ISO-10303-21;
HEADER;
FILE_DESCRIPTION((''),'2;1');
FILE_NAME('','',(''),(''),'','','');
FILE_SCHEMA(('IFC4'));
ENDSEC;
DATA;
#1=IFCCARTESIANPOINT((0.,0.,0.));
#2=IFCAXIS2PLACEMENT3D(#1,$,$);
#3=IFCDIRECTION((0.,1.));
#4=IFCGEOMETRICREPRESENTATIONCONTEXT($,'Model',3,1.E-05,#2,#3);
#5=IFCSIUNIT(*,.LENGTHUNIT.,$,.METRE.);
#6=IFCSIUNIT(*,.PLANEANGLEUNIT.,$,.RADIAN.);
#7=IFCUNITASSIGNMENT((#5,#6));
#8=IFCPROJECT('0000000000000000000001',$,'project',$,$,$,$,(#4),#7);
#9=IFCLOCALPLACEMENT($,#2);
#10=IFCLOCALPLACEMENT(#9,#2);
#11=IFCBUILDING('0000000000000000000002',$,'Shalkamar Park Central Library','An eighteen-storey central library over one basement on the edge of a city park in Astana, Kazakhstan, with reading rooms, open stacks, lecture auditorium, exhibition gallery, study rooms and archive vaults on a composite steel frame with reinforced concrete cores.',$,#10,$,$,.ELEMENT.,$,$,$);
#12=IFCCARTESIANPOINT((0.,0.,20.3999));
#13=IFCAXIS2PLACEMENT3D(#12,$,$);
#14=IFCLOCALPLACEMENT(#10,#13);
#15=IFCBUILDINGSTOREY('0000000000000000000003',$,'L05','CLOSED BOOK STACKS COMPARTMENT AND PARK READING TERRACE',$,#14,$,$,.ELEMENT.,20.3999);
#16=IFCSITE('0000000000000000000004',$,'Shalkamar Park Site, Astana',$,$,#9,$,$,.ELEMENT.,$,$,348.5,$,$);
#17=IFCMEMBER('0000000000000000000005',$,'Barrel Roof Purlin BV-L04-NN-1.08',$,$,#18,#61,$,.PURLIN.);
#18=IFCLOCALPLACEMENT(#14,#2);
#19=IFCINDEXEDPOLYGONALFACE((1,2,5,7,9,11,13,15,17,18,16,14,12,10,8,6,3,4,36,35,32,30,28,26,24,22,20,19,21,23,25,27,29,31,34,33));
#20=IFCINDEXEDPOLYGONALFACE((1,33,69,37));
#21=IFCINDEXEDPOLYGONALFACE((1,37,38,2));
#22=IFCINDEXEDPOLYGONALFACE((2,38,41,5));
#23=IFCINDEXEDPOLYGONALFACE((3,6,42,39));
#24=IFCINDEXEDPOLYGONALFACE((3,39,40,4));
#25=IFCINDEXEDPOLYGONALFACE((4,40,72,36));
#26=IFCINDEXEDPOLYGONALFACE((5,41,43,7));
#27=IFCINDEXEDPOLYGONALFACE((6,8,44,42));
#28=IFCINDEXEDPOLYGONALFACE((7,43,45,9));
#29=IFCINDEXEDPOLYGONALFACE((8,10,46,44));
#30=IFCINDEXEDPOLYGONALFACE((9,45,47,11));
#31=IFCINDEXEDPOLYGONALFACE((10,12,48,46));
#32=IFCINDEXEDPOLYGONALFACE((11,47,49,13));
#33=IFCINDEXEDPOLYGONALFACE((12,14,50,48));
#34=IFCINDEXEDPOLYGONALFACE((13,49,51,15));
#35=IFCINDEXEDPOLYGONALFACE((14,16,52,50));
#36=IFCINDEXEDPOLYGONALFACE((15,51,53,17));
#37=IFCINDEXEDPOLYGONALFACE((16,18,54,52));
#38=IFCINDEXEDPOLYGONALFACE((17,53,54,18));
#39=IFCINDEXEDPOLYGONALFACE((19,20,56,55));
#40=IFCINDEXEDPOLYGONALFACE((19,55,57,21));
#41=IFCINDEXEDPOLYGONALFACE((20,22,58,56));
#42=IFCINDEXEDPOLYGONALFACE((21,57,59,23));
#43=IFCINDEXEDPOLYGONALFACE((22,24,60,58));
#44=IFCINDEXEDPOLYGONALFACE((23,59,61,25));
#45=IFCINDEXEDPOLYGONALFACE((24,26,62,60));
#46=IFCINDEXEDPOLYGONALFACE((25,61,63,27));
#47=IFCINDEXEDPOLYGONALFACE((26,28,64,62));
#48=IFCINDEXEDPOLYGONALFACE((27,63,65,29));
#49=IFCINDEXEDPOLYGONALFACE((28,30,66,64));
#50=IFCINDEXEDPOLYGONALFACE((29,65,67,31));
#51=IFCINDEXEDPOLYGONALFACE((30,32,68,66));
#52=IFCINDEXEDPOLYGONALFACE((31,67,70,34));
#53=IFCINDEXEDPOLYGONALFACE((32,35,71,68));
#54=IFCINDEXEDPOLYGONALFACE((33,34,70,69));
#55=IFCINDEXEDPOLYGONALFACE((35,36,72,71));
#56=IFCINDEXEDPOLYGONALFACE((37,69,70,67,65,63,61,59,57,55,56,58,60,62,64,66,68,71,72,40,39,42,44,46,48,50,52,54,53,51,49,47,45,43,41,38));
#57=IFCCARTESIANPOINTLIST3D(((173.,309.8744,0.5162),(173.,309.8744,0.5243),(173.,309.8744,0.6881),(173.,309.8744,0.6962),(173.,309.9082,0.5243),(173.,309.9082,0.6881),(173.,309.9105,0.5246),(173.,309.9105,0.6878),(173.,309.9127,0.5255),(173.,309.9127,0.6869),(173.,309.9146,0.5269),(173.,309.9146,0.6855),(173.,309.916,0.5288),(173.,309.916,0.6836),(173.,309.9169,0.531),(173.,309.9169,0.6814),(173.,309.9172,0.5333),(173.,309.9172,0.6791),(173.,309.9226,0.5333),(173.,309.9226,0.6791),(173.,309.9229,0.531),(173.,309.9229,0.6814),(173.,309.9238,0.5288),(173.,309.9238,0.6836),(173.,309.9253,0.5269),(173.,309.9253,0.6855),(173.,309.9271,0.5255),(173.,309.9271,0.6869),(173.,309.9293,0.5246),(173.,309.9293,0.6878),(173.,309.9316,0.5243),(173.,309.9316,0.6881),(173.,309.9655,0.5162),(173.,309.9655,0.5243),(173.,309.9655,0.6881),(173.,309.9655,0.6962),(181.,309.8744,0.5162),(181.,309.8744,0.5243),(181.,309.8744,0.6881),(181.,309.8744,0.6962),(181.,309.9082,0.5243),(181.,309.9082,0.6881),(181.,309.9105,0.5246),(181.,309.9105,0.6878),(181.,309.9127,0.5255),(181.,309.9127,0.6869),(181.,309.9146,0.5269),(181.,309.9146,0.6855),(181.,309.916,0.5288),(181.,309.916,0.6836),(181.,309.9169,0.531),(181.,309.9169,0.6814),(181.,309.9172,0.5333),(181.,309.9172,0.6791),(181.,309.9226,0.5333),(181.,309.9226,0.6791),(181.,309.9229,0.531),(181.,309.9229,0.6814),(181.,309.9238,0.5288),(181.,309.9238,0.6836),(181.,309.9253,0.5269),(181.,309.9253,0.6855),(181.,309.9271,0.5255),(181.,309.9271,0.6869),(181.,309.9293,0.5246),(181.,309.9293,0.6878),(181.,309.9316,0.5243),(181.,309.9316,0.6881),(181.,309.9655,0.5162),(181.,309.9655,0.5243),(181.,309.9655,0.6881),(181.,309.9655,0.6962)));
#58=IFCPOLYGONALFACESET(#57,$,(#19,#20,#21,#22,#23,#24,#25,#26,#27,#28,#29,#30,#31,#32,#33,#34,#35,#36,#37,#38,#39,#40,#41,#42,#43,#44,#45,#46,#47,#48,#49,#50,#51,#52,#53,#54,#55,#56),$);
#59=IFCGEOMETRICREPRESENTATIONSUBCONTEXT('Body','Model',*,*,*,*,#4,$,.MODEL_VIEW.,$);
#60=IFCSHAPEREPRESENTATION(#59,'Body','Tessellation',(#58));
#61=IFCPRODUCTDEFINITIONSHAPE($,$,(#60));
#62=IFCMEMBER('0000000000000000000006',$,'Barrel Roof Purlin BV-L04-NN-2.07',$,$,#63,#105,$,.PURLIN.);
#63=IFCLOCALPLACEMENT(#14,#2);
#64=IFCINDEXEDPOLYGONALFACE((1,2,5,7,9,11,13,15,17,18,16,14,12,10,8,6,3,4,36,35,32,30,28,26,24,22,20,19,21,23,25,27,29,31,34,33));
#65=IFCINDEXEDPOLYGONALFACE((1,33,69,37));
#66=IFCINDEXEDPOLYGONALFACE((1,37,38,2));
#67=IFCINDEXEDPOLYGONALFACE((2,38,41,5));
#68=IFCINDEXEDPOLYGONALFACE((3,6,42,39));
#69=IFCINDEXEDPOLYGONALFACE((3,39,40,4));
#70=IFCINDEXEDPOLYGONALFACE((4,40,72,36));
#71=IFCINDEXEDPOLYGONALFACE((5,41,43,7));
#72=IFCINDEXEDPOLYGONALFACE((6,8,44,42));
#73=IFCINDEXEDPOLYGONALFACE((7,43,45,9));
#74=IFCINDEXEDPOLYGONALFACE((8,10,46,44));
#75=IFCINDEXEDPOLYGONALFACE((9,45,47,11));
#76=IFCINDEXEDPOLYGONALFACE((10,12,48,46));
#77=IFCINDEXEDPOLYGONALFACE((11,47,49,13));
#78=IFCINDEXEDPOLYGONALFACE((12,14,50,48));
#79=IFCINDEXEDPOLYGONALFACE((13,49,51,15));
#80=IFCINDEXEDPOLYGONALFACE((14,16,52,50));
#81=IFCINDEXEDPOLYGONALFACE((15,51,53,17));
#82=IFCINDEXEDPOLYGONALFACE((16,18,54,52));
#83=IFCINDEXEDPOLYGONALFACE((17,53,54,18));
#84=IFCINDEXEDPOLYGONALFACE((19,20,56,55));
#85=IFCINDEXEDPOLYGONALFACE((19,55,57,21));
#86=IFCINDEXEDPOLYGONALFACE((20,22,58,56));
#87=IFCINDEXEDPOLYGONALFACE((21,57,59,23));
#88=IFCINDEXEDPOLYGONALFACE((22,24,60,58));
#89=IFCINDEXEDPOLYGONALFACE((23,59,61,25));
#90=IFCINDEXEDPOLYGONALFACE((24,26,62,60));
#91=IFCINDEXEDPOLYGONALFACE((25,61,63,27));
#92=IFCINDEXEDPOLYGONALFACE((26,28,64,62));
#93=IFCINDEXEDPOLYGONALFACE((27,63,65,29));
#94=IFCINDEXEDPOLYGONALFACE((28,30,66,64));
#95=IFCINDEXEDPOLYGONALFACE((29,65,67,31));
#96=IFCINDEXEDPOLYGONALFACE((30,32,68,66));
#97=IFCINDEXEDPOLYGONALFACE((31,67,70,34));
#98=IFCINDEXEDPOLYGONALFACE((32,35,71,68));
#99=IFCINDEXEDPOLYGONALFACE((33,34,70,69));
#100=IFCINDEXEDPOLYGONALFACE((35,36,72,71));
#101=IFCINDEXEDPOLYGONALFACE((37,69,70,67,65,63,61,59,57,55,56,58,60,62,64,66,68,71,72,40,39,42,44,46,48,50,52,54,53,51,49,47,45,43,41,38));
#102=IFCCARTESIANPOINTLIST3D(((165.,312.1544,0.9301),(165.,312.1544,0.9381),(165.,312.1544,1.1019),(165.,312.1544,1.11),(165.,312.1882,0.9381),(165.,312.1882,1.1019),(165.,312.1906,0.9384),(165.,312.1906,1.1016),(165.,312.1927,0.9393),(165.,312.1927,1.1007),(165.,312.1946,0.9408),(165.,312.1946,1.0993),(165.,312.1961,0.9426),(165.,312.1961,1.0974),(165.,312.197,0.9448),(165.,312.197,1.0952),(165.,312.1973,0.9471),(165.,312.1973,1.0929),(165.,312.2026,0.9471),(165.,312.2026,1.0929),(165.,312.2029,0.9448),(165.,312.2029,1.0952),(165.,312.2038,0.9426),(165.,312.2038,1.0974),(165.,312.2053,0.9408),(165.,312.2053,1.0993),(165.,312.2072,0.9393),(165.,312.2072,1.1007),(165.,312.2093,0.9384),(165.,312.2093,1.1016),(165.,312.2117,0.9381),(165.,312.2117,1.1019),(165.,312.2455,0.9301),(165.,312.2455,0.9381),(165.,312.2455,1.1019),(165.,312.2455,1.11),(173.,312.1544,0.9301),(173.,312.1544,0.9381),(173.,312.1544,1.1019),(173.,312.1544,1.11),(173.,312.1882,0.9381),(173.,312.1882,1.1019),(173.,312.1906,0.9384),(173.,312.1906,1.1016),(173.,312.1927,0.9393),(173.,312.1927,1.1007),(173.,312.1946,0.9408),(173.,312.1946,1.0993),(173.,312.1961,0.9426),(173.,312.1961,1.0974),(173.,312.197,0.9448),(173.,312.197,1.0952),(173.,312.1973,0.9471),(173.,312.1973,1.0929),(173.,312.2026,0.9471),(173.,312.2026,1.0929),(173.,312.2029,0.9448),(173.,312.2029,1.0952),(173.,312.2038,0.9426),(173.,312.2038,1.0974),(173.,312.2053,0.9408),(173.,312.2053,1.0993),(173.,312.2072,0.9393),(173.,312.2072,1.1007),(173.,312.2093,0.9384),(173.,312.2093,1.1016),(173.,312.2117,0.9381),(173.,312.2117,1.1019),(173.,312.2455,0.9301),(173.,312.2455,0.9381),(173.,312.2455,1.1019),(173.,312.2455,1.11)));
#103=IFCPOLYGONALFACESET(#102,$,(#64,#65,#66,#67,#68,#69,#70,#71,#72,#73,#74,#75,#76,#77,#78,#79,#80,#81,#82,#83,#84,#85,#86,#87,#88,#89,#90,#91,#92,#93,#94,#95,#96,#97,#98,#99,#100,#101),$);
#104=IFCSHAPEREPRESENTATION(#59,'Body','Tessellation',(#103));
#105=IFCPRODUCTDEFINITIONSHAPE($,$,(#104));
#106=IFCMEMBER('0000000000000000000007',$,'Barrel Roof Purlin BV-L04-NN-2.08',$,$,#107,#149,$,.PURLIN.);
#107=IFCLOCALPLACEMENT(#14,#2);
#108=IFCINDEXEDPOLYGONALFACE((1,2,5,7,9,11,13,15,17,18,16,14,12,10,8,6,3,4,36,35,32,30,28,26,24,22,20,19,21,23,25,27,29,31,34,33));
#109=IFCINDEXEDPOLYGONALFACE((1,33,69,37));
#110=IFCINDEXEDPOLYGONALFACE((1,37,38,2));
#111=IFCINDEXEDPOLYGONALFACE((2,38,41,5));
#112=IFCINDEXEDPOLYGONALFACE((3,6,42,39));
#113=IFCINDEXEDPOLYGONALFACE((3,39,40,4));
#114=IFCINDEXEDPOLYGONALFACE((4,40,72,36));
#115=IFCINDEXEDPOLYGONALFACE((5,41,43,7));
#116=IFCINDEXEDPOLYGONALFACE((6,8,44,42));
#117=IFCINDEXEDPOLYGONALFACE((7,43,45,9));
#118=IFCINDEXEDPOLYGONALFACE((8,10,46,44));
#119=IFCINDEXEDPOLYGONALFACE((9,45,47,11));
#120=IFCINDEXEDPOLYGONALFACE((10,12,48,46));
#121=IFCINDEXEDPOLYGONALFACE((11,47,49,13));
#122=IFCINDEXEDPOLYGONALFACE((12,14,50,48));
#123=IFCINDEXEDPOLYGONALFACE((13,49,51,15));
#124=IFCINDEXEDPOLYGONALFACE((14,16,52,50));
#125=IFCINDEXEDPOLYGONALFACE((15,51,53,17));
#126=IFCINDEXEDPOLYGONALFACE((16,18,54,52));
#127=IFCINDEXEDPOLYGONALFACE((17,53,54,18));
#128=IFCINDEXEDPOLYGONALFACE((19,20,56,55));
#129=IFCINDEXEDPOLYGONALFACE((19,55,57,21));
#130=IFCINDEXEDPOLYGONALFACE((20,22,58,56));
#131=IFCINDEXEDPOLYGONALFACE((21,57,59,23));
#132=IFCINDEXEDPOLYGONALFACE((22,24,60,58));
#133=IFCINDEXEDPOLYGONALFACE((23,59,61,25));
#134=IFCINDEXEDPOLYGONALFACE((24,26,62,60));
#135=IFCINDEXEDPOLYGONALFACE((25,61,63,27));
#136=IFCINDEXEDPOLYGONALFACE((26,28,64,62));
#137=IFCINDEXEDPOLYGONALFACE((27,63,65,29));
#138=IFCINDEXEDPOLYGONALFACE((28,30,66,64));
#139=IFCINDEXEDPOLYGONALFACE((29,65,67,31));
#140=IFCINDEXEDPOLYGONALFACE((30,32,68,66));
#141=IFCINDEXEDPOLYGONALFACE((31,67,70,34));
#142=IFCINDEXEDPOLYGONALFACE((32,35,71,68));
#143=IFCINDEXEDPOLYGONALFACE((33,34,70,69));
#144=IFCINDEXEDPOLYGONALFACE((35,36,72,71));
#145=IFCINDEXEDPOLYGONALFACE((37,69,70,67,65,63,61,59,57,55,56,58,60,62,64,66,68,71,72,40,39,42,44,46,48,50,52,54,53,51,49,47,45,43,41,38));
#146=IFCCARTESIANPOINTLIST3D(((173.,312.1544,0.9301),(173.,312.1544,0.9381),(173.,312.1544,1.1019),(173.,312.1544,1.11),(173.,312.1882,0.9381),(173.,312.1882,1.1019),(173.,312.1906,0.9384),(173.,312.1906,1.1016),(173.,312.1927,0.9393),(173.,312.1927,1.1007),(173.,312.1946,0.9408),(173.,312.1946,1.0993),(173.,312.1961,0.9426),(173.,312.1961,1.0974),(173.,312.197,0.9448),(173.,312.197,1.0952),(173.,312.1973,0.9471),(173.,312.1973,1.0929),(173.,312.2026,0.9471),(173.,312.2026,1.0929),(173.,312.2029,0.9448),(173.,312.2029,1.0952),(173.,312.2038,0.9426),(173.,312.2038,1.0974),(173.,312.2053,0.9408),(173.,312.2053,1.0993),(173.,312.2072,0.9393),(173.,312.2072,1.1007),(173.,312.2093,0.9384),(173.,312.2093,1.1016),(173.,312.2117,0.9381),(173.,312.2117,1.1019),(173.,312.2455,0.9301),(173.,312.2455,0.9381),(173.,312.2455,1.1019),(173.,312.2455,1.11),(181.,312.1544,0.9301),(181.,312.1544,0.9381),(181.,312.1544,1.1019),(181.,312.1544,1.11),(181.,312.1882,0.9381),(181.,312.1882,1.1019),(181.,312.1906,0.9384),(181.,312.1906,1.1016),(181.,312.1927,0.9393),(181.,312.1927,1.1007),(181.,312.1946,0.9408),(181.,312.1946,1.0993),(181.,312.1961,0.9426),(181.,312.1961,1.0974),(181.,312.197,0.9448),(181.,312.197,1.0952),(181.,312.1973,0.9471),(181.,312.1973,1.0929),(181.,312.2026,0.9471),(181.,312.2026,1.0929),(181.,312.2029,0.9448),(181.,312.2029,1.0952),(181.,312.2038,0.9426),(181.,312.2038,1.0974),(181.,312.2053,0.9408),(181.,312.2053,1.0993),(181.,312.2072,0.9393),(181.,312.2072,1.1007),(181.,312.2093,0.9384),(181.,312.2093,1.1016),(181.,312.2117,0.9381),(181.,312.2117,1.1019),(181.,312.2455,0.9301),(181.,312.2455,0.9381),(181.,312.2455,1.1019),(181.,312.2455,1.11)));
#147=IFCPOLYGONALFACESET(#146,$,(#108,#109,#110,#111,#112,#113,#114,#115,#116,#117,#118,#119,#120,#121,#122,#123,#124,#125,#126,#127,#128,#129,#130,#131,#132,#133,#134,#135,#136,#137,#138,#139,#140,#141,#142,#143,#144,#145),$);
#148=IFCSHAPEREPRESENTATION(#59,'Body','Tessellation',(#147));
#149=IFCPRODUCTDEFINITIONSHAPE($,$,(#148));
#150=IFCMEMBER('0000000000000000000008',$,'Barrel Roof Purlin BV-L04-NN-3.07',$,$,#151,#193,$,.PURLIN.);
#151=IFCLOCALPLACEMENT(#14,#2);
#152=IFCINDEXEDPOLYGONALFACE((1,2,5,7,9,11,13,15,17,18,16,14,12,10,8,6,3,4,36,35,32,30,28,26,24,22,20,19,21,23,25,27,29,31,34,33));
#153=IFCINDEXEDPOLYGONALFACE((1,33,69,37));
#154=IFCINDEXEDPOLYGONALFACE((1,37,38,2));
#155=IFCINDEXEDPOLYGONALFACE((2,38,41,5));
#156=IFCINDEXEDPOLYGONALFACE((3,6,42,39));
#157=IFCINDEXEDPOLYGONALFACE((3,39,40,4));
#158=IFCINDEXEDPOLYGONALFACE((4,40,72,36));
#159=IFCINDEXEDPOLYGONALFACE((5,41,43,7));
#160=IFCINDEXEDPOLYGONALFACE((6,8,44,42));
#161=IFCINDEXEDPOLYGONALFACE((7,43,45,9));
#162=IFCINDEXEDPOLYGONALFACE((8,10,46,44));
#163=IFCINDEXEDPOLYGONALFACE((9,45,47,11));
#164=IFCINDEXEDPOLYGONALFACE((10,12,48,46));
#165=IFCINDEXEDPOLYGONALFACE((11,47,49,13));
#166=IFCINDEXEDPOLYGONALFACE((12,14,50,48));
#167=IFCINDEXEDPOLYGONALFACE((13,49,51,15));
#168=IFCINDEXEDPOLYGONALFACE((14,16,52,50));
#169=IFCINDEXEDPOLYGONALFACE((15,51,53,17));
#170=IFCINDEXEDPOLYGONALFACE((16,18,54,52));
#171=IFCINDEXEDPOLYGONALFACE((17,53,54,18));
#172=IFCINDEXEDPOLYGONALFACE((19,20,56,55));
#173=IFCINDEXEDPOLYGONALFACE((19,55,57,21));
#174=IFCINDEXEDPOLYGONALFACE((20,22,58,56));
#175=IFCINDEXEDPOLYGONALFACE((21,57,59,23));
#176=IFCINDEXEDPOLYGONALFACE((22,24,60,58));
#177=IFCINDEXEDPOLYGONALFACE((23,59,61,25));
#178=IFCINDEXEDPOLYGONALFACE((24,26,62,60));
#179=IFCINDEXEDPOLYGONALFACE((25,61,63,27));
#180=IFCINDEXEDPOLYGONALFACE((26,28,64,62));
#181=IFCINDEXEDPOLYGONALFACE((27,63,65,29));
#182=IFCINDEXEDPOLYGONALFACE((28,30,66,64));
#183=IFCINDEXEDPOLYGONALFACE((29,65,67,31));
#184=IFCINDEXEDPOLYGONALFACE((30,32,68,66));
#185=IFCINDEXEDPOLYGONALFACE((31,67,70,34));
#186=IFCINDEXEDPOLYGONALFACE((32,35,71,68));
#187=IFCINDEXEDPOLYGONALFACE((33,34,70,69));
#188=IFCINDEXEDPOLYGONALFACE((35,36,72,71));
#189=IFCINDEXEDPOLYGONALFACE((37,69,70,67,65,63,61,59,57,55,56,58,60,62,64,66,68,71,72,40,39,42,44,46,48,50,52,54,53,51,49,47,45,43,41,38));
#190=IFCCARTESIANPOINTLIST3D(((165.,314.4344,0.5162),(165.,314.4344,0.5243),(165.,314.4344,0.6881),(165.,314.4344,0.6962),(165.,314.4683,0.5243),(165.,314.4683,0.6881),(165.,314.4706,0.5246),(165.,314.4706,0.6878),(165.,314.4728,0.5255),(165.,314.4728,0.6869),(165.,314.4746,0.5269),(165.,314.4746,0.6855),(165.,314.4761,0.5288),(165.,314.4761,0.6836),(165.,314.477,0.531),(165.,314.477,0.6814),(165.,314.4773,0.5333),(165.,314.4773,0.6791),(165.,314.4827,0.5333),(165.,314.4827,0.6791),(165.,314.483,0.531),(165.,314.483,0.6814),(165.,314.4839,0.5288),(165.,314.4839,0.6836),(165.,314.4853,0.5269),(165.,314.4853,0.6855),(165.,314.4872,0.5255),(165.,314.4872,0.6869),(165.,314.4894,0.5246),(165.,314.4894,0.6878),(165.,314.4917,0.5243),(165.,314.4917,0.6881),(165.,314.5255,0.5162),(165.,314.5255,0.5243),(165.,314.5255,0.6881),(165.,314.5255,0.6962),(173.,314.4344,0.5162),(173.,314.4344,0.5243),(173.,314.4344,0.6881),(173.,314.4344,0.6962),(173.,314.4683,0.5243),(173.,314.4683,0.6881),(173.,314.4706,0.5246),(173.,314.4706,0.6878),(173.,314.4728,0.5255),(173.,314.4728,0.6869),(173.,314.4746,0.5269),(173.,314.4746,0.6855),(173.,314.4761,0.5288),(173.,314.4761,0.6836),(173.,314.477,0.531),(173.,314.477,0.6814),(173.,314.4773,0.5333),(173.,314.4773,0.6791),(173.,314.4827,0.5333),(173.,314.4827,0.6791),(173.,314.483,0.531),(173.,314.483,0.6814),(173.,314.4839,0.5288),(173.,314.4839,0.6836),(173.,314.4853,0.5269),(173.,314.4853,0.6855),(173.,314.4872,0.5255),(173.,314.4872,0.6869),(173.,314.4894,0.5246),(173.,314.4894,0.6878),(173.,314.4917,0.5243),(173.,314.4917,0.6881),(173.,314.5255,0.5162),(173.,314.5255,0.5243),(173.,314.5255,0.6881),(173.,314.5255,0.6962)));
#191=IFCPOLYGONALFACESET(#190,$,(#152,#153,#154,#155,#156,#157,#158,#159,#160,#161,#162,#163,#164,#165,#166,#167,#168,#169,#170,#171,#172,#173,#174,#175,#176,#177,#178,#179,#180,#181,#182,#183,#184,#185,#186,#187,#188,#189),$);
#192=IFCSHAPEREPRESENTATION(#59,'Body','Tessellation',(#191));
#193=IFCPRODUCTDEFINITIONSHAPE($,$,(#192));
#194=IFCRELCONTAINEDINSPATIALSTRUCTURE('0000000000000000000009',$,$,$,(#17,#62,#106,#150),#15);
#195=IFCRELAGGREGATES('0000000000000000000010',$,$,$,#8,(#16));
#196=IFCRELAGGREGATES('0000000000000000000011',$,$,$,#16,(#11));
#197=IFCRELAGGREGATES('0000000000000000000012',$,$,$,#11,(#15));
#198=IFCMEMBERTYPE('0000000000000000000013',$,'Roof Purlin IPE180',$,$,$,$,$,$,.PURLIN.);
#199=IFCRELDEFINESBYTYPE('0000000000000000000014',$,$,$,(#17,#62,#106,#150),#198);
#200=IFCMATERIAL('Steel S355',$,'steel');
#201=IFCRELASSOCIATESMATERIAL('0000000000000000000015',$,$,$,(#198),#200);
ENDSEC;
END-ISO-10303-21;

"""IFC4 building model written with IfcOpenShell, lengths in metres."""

from ifc_helpers import new_model, si_unit, direction, frame, origin, origin_2d, place, context, subcontext, project, spatial, i_section, extrude, material, material_profile, profile_set, type_object, element, save


model = new_model("IFC4")

# Units and contexts
model_context = context("Model", 3, precision=1e-05, world=origin(), true_north=direction((0.0, 1.0)))
body_context = subcontext(model_context, "Body", "Model", "MODEL_VIEW")
ifc_project = project(units=[si_unit("LENGTHUNIT", "METRE"), si_unit("PLANEANGLEUNIT", "RADIAN")], contexts=[model_context])

# Site, building, storey
site_placement = place(None, origin())
site = spatial("IfcSite", under=ifc_project, at=site_placement, Name="Shalkamar Park Site, Astana", CompositionType="ELEMENT", RefElevation=348.5)
building_placement = place(site_placement, origin())
building = spatial("IfcBuilding", under=site, at=building_placement, Name="Shalkamar Park Central Library", Description="An eighteen-storey central library over one basement on the edge of a city park in Astana, Kazakhstan, with reading rooms, open stacks, lecture auditorium, exhibition gallery, study rooms and archive vaults on a composite steel frame with reinforced concrete cores.", CompositionType="ELEMENT")
storey_placement = place(building_placement, frame((0.0, 0.0, 20.3999)))
storey = spatial("IfcBuildingStorey", under=building, at=storey_placement, Name="L05", Description="CLOSED BOOK STACKS COMPARTMENT AND PARK READING TERRACE", CompositionType="ELEMENT", Elevation=20.3999)

# Members
ifc_material_1 = material(Name="Steel S355", Category="steel")
ifc_material_profile_1 = material_profile(ifc_material_1, i_section(OverallWidth=0.0911, OverallDepth=0.1799, WebThickness=0.0054, FlangeThickness=0.0081, FilletRadius=0.009, at=origin_2d()), Name="IPE 180")
ifc_profile_set_1 = profile_set([ifc_material_profile_1], Name="Steel S355")
member_type_1 = type_object("IfcMemberType", Name="Roof Purlin IPE180", PredefinedType="PURLIN", material=ifc_profile_set_1)
for number, where, z_axis, x_axis, name in (
    (1, (173.0, 309.9199, 0.6062), (1.0, 0.0, 0.0), (0.0, 1.0, 0.0), "Barrel Roof Purlin BV-L04-NN-1.08"),
    (2, (165.0, 312.2, 1.02), (1.0, 0.0, 0.0), (0.0, 1.0, 0.0), "Barrel Roof Purlin BV-L04-NN-2.07"),
    (3, (173.0, 312.2, 1.02), (1.0, 0.0, 0.0), (0.0, 1.0, 0.0), "Barrel Roof Purlin BV-L04-NN-2.08"),
    (4, (165.0, 314.48, 0.6062), (1.0, 0.0, 0.0), (0.0, 1.0, 0.0), "Barrel Roof Purlin BV-L04-NN-3.07"),
):
    element("IfcMember", number, at=place(storey_placement, frame(where, z_axis=z_axis, x_axis=x_axis)), inside=storey, type_object=member_type_1, Name=name, PredefinedType="PURLIN", context=body_context, shape_type="SweptSolid", body=[
        extrude(i_section(OverallWidth=0.0911, OverallDepth=0.1799, WebThickness=0.0054, FlangeThickness=0.0081, FilletRadius=0.009, at=origin_2d()), origin(), (0.0, 0.0, 1.0), 8.0),
    ])

save(model, "model.ifc")
